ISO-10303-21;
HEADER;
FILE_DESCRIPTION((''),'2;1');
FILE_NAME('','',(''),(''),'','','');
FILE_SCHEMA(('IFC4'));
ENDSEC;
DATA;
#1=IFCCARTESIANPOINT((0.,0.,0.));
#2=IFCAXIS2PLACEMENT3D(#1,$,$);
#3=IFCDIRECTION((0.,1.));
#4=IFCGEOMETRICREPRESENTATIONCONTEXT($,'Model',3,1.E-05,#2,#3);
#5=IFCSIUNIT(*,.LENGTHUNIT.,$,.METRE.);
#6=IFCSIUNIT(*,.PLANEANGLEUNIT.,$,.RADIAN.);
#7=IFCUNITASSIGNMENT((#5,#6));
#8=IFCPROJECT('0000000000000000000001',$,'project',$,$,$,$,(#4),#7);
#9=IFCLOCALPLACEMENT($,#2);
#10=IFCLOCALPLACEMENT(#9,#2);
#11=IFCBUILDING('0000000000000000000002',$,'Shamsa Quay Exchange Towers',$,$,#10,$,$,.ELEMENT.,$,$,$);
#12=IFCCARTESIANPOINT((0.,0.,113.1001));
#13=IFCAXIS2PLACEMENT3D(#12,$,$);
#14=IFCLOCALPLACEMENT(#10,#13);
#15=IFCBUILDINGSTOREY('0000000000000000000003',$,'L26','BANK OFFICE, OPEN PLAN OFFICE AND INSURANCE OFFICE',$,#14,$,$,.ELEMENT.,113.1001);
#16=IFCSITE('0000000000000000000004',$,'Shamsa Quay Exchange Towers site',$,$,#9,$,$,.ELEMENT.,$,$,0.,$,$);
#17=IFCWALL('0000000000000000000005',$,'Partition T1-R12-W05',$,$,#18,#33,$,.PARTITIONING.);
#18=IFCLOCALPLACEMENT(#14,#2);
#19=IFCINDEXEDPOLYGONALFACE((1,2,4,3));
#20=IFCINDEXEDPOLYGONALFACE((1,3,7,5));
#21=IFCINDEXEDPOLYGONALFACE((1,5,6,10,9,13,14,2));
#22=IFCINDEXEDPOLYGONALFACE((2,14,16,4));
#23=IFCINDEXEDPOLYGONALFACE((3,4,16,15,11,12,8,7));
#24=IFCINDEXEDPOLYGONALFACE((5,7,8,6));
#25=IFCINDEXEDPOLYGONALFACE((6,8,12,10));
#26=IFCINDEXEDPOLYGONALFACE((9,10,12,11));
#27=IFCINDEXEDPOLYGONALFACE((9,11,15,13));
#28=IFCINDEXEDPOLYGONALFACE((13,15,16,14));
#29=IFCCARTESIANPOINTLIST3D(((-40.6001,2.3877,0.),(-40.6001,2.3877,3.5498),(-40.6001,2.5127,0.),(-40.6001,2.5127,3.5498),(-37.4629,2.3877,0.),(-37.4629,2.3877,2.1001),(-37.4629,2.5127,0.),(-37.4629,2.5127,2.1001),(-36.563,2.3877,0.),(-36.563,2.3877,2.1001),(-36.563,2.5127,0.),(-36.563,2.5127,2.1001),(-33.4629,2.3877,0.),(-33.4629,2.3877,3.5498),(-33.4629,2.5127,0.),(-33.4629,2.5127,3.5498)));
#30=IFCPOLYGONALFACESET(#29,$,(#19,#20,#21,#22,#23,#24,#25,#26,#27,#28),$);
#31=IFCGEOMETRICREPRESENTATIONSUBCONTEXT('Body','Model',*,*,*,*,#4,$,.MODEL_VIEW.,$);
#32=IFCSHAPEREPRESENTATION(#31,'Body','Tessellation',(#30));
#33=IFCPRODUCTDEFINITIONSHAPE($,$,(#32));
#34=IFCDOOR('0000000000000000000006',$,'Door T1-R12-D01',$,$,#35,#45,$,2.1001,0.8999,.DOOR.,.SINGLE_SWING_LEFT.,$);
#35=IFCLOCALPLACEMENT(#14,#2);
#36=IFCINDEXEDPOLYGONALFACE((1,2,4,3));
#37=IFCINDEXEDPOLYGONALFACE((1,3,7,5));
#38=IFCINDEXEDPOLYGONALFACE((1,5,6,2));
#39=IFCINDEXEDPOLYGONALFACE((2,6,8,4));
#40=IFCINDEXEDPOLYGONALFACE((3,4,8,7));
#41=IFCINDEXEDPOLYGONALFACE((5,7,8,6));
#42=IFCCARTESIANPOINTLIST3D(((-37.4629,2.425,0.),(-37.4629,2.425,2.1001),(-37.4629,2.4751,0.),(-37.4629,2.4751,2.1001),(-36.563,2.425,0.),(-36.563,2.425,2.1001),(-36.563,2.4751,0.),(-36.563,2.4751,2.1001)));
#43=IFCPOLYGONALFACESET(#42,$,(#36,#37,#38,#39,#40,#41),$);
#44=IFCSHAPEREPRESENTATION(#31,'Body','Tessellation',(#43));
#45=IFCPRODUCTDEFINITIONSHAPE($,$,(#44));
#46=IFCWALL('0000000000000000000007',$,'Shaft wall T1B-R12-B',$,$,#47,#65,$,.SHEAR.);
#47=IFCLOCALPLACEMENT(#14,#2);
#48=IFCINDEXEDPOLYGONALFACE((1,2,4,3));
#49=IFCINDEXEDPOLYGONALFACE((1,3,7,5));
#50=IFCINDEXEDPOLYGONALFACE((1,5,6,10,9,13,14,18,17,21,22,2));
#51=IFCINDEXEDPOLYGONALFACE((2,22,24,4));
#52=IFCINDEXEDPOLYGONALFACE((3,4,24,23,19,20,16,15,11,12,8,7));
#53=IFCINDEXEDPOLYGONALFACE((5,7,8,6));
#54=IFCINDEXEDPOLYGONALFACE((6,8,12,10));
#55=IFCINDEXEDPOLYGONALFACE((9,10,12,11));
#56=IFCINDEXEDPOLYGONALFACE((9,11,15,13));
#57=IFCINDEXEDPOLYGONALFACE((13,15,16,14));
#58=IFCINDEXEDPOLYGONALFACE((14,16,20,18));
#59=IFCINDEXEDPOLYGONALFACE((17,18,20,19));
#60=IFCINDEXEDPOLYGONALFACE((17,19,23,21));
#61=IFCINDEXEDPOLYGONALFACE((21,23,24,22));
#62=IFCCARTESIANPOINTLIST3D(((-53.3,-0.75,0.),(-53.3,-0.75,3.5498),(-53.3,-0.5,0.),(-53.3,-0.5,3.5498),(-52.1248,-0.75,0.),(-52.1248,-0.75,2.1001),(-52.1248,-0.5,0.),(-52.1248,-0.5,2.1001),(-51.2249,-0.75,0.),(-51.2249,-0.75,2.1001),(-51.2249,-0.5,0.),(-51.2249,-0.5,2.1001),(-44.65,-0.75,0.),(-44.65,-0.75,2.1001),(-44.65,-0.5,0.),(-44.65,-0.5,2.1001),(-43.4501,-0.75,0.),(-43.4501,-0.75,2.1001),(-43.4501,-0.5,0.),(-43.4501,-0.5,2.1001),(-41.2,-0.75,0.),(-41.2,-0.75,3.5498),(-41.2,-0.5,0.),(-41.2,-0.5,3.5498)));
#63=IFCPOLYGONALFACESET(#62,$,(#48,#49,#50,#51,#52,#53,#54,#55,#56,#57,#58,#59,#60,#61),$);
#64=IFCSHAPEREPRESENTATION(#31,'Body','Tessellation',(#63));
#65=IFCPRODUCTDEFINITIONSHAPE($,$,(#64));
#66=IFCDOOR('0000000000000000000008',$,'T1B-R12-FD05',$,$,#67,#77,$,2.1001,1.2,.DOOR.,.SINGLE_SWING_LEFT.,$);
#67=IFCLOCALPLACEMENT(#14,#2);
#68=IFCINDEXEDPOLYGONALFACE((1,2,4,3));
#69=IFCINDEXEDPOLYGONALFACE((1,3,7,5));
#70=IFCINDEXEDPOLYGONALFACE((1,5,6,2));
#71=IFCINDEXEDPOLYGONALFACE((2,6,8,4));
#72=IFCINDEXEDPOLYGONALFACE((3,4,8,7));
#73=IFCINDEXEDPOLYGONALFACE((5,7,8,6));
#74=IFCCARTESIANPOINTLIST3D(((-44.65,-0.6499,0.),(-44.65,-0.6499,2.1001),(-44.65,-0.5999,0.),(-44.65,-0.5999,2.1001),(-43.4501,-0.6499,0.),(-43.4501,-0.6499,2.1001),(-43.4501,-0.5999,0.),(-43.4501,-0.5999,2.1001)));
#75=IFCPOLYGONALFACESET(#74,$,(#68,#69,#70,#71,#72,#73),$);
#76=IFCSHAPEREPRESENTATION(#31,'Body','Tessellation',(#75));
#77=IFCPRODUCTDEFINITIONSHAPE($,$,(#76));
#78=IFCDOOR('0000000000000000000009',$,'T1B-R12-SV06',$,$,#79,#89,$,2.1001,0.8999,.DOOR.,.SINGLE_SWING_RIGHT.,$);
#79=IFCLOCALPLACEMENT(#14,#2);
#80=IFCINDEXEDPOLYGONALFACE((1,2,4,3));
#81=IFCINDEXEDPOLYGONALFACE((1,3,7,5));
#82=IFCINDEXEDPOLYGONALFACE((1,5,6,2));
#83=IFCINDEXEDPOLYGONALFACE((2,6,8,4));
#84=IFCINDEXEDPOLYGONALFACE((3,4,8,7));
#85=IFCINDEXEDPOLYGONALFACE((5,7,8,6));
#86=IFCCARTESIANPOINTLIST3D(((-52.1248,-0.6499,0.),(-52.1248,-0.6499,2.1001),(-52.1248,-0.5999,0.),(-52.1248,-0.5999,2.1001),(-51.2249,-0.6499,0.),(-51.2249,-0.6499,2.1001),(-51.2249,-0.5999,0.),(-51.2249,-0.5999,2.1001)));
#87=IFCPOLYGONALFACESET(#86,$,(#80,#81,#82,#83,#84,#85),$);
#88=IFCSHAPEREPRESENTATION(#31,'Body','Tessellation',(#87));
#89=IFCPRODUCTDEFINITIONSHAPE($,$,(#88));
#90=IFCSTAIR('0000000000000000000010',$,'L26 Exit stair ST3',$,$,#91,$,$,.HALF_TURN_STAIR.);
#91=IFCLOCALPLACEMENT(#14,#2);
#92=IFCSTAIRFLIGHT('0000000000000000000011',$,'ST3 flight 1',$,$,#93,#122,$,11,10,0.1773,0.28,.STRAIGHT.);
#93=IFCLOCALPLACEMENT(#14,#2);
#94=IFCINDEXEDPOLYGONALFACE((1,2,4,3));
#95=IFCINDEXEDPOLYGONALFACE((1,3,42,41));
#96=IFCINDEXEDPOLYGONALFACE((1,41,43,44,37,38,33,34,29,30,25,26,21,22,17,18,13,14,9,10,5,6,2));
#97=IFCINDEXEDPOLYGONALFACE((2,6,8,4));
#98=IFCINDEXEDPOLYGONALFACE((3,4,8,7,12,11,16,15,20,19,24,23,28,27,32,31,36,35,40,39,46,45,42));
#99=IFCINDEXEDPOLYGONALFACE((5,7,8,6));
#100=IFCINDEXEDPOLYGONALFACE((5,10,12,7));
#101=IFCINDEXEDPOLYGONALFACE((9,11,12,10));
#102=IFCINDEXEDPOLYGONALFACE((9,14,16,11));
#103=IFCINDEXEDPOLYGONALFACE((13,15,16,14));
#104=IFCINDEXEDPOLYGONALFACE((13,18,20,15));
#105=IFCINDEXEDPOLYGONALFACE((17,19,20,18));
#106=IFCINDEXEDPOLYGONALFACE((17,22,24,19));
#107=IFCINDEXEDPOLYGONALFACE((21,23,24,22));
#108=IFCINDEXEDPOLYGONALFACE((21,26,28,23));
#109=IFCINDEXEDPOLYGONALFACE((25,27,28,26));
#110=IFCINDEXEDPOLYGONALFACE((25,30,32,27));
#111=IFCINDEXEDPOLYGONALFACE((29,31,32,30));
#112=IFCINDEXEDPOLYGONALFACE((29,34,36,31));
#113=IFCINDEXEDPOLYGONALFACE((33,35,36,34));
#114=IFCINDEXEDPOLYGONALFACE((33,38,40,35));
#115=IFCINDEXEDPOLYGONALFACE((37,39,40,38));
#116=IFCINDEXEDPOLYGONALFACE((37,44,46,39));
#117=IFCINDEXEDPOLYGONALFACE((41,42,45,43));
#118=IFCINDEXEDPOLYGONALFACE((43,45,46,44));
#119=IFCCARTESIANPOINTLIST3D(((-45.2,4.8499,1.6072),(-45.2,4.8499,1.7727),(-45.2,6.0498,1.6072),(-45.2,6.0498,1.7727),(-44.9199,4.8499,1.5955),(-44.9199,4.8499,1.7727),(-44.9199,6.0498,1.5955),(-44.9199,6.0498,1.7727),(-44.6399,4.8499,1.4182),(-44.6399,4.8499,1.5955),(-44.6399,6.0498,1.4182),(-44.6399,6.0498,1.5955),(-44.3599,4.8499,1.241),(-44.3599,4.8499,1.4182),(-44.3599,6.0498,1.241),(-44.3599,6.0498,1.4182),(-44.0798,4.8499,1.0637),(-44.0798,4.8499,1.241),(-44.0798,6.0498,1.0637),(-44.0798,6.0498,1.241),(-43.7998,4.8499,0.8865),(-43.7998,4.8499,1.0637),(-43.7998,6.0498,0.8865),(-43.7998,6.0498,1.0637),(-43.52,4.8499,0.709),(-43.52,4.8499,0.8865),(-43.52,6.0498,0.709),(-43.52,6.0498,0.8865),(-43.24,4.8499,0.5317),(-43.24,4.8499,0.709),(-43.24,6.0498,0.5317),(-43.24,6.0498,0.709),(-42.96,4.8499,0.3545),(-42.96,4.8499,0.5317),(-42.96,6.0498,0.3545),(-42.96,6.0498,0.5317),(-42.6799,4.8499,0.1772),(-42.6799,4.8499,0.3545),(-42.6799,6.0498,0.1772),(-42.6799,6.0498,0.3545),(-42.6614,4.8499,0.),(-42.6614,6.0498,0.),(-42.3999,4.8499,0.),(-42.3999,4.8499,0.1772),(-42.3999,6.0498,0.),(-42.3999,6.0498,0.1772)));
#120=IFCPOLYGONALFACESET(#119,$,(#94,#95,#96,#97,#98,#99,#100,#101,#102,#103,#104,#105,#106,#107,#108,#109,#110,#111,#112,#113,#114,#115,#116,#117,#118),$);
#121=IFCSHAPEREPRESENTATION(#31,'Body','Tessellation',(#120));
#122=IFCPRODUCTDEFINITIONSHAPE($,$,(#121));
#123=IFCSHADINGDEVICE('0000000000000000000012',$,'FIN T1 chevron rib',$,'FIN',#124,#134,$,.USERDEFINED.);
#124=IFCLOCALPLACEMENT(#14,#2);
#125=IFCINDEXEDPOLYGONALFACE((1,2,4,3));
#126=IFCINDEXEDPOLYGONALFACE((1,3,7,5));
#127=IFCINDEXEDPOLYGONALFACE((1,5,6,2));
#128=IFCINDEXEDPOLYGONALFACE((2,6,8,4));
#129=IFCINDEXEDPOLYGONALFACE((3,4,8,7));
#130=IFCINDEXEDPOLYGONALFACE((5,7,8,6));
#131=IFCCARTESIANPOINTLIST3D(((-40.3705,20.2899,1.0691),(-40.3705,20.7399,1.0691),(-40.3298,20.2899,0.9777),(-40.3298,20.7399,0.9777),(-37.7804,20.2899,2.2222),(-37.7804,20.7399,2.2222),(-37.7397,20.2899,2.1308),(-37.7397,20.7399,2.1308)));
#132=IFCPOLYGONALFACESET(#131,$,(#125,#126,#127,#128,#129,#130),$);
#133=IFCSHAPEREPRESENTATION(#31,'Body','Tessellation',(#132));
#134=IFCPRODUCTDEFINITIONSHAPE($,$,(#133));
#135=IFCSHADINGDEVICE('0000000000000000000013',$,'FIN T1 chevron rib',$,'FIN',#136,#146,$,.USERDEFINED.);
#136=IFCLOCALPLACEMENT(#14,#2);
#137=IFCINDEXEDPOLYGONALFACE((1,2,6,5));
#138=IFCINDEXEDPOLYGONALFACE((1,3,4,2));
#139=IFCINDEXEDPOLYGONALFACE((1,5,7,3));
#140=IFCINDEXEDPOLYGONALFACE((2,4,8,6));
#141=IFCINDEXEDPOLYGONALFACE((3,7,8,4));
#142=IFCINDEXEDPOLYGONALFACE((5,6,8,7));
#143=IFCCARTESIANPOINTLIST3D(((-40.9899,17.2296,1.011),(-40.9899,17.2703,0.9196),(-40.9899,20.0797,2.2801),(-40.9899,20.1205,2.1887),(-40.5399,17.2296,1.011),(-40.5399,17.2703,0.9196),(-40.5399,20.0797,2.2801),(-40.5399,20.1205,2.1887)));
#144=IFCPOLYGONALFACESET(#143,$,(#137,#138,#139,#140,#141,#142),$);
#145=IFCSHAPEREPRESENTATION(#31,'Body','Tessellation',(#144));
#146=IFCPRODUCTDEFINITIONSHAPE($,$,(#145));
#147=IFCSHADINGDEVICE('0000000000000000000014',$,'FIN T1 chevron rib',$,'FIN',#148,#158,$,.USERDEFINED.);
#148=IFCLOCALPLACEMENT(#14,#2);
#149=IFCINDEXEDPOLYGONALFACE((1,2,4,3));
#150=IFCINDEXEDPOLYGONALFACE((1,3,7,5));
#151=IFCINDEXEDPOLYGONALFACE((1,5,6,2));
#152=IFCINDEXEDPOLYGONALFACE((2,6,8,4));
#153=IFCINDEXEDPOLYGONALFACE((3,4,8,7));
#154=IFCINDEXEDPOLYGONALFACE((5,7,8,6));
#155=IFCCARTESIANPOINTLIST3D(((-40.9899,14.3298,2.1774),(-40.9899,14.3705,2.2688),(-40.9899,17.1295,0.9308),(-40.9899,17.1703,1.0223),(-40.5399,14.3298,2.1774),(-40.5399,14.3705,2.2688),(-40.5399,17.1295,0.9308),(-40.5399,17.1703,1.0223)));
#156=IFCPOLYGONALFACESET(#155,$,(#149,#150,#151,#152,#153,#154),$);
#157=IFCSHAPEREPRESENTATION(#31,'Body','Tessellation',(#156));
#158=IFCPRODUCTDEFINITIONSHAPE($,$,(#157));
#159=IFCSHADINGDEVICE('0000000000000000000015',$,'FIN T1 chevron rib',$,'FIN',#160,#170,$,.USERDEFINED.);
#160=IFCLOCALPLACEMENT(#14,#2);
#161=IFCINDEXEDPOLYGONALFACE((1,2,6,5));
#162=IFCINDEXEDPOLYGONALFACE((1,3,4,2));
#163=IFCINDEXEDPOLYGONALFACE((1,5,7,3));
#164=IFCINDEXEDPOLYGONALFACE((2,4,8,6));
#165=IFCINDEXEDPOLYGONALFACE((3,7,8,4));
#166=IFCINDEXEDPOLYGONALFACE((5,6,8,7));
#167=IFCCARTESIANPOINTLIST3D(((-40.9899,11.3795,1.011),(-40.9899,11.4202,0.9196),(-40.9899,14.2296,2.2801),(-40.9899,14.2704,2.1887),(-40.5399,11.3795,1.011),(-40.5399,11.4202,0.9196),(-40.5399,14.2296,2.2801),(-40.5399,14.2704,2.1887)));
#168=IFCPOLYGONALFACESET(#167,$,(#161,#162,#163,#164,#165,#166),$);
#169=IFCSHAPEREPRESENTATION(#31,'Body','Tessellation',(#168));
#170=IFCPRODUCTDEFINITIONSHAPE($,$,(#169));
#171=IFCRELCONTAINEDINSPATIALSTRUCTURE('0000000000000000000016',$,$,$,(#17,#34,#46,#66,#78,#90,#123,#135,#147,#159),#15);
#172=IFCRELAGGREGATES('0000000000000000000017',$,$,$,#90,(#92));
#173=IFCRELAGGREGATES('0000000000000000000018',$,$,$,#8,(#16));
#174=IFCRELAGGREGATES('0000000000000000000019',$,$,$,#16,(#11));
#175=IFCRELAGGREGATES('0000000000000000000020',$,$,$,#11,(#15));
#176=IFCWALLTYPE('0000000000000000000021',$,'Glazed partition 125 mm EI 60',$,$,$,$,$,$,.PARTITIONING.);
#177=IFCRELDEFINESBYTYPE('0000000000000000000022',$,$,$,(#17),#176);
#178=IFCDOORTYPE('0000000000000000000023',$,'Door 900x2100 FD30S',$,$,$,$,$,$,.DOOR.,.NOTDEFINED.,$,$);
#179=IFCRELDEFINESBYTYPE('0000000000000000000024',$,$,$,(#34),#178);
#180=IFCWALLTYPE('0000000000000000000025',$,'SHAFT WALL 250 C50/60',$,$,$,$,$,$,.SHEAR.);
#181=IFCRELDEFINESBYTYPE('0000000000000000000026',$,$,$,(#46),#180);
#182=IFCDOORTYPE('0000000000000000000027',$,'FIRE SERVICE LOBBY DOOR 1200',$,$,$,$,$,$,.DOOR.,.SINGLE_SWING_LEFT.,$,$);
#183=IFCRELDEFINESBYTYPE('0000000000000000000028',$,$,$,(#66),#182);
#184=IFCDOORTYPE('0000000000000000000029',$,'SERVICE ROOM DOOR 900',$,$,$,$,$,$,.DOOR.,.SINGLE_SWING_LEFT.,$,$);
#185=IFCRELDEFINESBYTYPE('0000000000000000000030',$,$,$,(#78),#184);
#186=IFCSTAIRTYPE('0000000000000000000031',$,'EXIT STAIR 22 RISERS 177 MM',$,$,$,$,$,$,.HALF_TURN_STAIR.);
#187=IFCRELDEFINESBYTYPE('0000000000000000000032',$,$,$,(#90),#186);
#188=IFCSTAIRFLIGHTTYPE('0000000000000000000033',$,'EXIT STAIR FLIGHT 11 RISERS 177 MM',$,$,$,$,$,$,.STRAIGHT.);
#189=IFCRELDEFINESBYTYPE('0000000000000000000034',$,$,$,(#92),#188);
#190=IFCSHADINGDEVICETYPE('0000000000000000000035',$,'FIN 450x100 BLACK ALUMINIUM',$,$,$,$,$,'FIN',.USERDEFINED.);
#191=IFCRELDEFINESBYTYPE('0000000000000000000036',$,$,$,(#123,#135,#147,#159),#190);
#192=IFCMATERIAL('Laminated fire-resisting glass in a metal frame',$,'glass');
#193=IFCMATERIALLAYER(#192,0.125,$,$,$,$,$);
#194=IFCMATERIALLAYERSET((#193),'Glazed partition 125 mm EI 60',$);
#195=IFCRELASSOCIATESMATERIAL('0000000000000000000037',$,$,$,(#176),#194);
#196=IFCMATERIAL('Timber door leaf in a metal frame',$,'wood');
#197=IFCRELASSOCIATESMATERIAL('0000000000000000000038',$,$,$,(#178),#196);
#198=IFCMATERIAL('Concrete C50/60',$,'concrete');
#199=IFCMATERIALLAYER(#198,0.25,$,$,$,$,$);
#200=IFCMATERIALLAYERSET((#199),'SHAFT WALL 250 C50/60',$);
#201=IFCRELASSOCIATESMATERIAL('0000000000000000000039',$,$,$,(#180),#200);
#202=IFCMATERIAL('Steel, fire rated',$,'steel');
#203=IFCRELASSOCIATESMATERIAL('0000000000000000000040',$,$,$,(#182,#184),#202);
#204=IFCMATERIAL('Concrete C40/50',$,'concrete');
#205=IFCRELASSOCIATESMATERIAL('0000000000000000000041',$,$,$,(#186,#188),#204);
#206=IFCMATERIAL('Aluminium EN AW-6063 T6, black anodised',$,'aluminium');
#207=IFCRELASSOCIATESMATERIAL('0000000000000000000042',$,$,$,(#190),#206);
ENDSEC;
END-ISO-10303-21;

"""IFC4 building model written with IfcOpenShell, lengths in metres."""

from ifc_helpers import new_model, si_unit, direction, frame, frame_2d, origin, origin_2d, place, context, subcontext, project, spatial, polyline, rectangle, outline, extrude, material, layer, layer_set, material_profile, profile_set, type_object, element, fill, aggregate, save


model = new_model("IFC4")

# Units and contexts
model_context = context("Model", 3, precision=1e-05, world=origin(), true_north=direction((0.0, 1.0)))
body_context = subcontext(model_context, "Body", "Model", "MODEL_VIEW")
ifc_project = project(units=[si_unit("LENGTHUNIT", "METRE"), si_unit("PLANEANGLEUNIT", "RADIAN")], contexts=[model_context])

# Site, building, storey
site_placement = place(None, origin())
site = spatial("IfcSite", under=ifc_project, at=site_placement, Name="Shamsa Quay Exchange Towers site", CompositionType="ELEMENT", RefElevation=0.0)
building_placement = place(site_placement, origin())
building = spatial("IfcBuilding", under=site, at=building_placement, Name="Shamsa Quay Exchange Towers", CompositionType="ELEMENT")
storey_placement = place(building_placement, frame((0.0, 0.0, 113.1001)))
storey = spatial("IfcBuildingStorey", under=building, at=storey_placement, Name="L26", Description="BANK OFFICE, OPEN PLAN OFFICE AND INSURANCE OFFICE", CompositionType="ELEMENT", Elevation=113.1001)

# Shared definitions
ifc_material_1 = material(Name="Aluminium EN AW-6063 T6, black anodised", Category="aluminium")

# Wall, opening, door
ifc_material_2 = material(Name="Laminated fire-resisting glass in a metal frame", Category="glass")
ifc_layer_1 = layer(ifc_material_2, 0.125)
ifc_layer_set_1 = layer_set([ifc_layer_1], Name="Glazed partition 125 mm EI 60")
wall_type_1 = type_object("IfcWallType", Name="Glazed partition 125 mm EI 60", PredefinedType="PARTITIONING", material=ifc_layer_set_1)
wall_1_placement = place(storey_placement, frame((-40.6001, 2.4502, 0.0)))
wall_1 = element("IfcWall", 1, at=wall_1_placement, inside=storey, type_object=wall_type_1, Name="Partition T1-R12-W05", PredefinedType="PARTITIONING", context=body_context, shape_type="SweptSolid", body=[
    extrude(rectangle(XDim=7.1372, YDim=0.125, at=frame_2d((3.5686, 0.0))), origin(), (0.0, 0.0, 1.0), 3.5498),
])
opening_1_placement = place(wall_1_placement, frame((3.1372, 0.0, 0.0)))
opening_1 = element("IfcOpeningElement", 2, at=opening_1_placement, cuts=wall_1, PredefinedType="OPENING", context=body_context, shape_type="SweptSolid", body=[
    extrude(rectangle(XDim=0.8999, YDim=2.1001, at=frame_2d((0.45, 1.05))), frame((0.0, 0.0725, 0.0), z_axis=(0.0, -1.0, 0.0), x_axis=(1.0, 0.0, 0.0)), (0.0, 0.0, 1.0), 0.145),
])
ifc_material_3 = material(Name="Timber door leaf in a metal frame", Category="wood")
door_type_1 = type_object("IfcDoorType", Name="Door 900x2100 FD30S", OperationType="NOTDEFINED", PredefinedType="DOOR", material=ifc_material_3)
door_1_placement = place(opening_1_placement, origin())
door_1 = element("IfcDoor", 3, at=door_1_placement, inside=storey, type_object=door_type_1, Name="Door T1-R12-D01", OperationType="SINGLE_SWING_LEFT", OverallHeight=2.1001, OverallWidth=0.8999, PredefinedType="DOOR", context=body_context, shape_type="SweptSolid", body=[
    extrude(rectangle(XDim=0.8999, YDim=2.1001, at=frame_2d((0.45, 1.05))), frame((0.0, 0.0249, 0.0), z_axis=(0.0, -1.0, 0.0), x_axis=(1.0, 0.0, 0.0)), (0.0, 0.0, 1.0), 0.05),
])
fill(opening_1, door_1)

# Wall, openings, doors
ifc_material_4 = material(Name="Concrete C50/60", Category="concrete")
ifc_layer_2 = layer(ifc_material_4, 0.25)
ifc_layer_set_2 = layer_set([ifc_layer_2], Name="SHAFT WALL 250 C50/60")
wall_type_2 = type_object("IfcWallType", Name="SHAFT WALL 250 C50/60", PredefinedType="SHEAR", material=ifc_layer_set_2)
wall_2_placement = place(storey_placement, frame((-41.2, -0.625, 0.0), z_axis=(0.0, 0.0, 1.0), x_axis=(-1.0, 0.0, 0.0)))
wall_2 = element("IfcWall", 4, at=wall_2_placement, inside=storey, type_object=wall_type_2, Name="Shaft wall T1B-R12-B", PredefinedType="SHEAR", context=body_context, shape_type="SweptSolid", body=[
    extrude(rectangle(XDim=12.1001, YDim=0.25, at=frame_2d((6.05, 0.0))), origin(), (0.0, 0.0, 1.0), 3.5498),
])
opening_2_placement = place(wall_2_placement, frame((2.25, 0.0, 0.0)))
opening_2 = element("IfcOpeningElement", 5, at=opening_2_placement, cuts=wall_2, PredefinedType="OPENING", context=body_context, shape_type="SweptSolid", body=[
    extrude(rectangle(XDim=1.2, YDim=2.1001, at=frame_2d((0.6001, 1.05))), frame((0.0, 0.135, 0.0), z_axis=(0.0, -1.0, 0.0), x_axis=(1.0, 0.0, 0.0)), (0.0, 0.0, 1.0), 0.27),
])
opening_3_placement = place(wall_2_placement, frame((10.0249, 0.0, 0.0)))
opening_3 = element("IfcOpeningElement", 6, at=opening_3_placement, cuts=wall_2, PredefinedType="OPENING", context=body_context, shape_type="SweptSolid", body=[
    extrude(rectangle(XDim=0.8999, YDim=2.1001, at=frame_2d((0.45, 1.05))), frame((0.0, 0.135, 0.0), z_axis=(0.0, -1.0, 0.0), x_axis=(1.0, 0.0, 0.0)), (0.0, 0.0, 1.0), 0.27),
])
ifc_material_5 = material(Name="Steel, fire rated", Category="steel")
door_type_2 = type_object("IfcDoorType", Name="FIRE SERVICE LOBBY DOOR 1200", OperationType="SINGLE_SWING_LEFT", PredefinedType="DOOR", material=ifc_material_5)
door_2_placement = place(opening_2_placement, origin())
door_2 = element("IfcDoor", 7, at=door_2_placement, inside=storey, type_object=door_type_2, Name="T1B-R12-FD05", OperationType="SINGLE_SWING_LEFT", OverallHeight=2.1001, OverallWidth=1.2, PredefinedType="DOOR", context=body_context, shape_type="SweptSolid", body=[
    extrude(rectangle(XDim=1.2, YDim=2.1001, at=frame_2d((0.6001, 1.05))), frame((0.0, 0.0249, 0.0), z_axis=(0.0, -1.0, 0.0), x_axis=(1.0, 0.0, 0.0)), (0.0, 0.0, 1.0), 0.05),
])
fill(opening_2, door_2)
door_type_3 = type_object("IfcDoorType", Name="SERVICE ROOM DOOR 900", OperationType="SINGLE_SWING_LEFT", PredefinedType="DOOR", material=ifc_material_5)
door_3_placement = place(opening_3_placement, origin())
door_3 = element("IfcDoor", 8, at=door_3_placement, inside=storey, type_object=door_type_3, Name="T1B-R12-SV06", OperationType="SINGLE_SWING_RIGHT", OverallHeight=2.1001, OverallWidth=0.8999, PredefinedType="DOOR", context=body_context, shape_type="SweptSolid", body=[
    extrude(rectangle(XDim=0.8999, YDim=2.1001, at=frame_2d((0.45, 1.05))), frame((0.0, 0.0249, 0.0), z_axis=(0.0, -1.0, 0.0), x_axis=(1.0, 0.0, 0.0)), (0.0, 0.0, 1.0), 0.05),
])
fill(opening_3, door_3)

# Stair, stair flight
ifc_material_6 = material(Name="Concrete C40/50", Category="concrete")
stair_type = type_object("IfcStairType", Name="EXIT STAIR 22 RISERS 177 MM", PredefinedType="HALF_TURN_STAIR", material=ifc_material_6)
stair_placement = place(storey_placement, origin())
stair = element("IfcStair", 9, at=stair_placement, inside=storey, type_object=stair_type, Name="L26 Exit stair ST3", PredefinedType="HALF_TURN_STAIR")
stair_flight_type = type_object("IfcStairFlightType", Name="EXIT STAIR FLIGHT 11 RISERS 177 MM", PredefinedType="STRAIGHT", material=ifc_material_6)
stair_flight_placement = place(storey_placement, frame((-42.3999, 5.45, 0.0), z_axis=(0.0, 0.0, 1.0), x_axis=(-1.0, 0.0, 0.0)))
stair_flight = element("IfcStairFlight", 10, at=stair_flight_placement, type_object=stair_flight_type, Name="ST3 flight 1", NumberOfRisers=11, NumberOfTreads=10, PredefinedType="STRAIGHT", RiserHeight=0.1773, TreadLength=0.28, context=body_context, shape_type="SweptSolid", body=[
    extrude(outline(polyline([(0.0, 0.0), (0.0, 0.1772), (0.28, 0.1772), (0.28, 0.3545), (0.5601, 0.3545), (0.5601, 0.5317), (0.8401, 0.5317), (0.8401, 0.709), (1.1201, 0.709), (1.1201, 0.8865), (1.3999, 0.8865), (1.3999, 1.0637), (1.6799, 1.0637), (1.6799, 1.241), (1.96, 1.241), (1.96, 1.4182), (2.24, 1.4182), (2.24, 1.5955), (2.52, 1.5955), (2.52, 1.7727), (2.8, 1.7727), (2.8, 1.95), (2.8, 1.6072), (0.2615, 0.0), (0.0, 0.0)])), frame((0.0, 0.6001, 0.0), z_axis=(0.0, -1.0, 0.0), x_axis=(1.0, 0.0, 0.0)), (0.0, 0.0, 1.0), 1.2),
])
aggregate(stair, [stair_flight])

# Shading devices
ifc_material_profile_1 = material_profile(ifc_material_1, rectangle(XDim=0.45, YDim=0.1001, at=origin_2d()), Name="FIN450x100")
ifc_profile_set_1 = profile_set([ifc_material_profile_1], Name="Aluminium EN AW-6063 T6, black anodised")
shading_device_type = type_object("IfcShadingDeviceType", Name="FIN 450x100 BLACK ALUMINIUM", ElementType="FIN", PredefinedType="USERDEFINED", material=ifc_profile_set_1)
shading_device_1_placement = place(storey_placement, frame((-37.76, 20.5149, 2.1765), z_axis=(-0.913559, 0.0, -0.406706), x_axis=(0.0, -1.0, 0.0)))
element("IfcShadingDevice", 11, at=shading_device_1_placement, inside=storey, type_object=shading_device_type, Name="FIN T1 chevron rib", ObjectType="FIN", PredefinedType="USERDEFINED", context=body_context, shape_type="SweptSolid", body=[
    extrude(rectangle(XDim=0.45, YDim=0.1001, at=origin_2d()), origin(), (0.0, 0.0, 1.0), 2.8352),
])
shading_device_2_placement = place(storey_placement, frame((-40.7649, 20.1001, 2.2344), z_axis=(0.0, -0.913534, -0.406763), x_axis=(1.0, 0.0, 0.0)))
element("IfcShadingDevice", 12, at=shading_device_2_placement, inside=storey, type_object=shading_device_type, Name="FIN T1 chevron rib", ObjectType="FIN", PredefinedType="USERDEFINED", context=body_context, shape_type="SweptSolid", body=[
    extrude(rectangle(XDim=0.45, YDim=0.1001, at=origin_2d()), origin(), (0.0, 0.0, 1.0), 3.1199),
])
shading_device_3_placement = place(storey_placement, frame((-40.7649, 17.1499, 0.9766), z_axis=(0.0, -0.913542, 0.406744), x_axis=(1.0, 0.0, 0.0)))
element("IfcShadingDevice", 13, at=shading_device_3_placement, inside=storey, type_object=shading_device_type, Name="FIN T1 chevron rib", ObjectType="FIN", PredefinedType="USERDEFINED", context=body_context, shape_type="SweptSolid", body=[
    extrude(rectangle(XDim=0.45, YDim=0.1001, at=origin_2d()), origin(), (0.0, 0.0, 1.0), 3.0647),
])
shading_device_4_placement = place(storey_placement, frame((-40.7649, 14.25, 2.2344), z_axis=(0.0, -0.913534, -0.406763), x_axis=(1.0, 0.0, 0.0)))
element("IfcShadingDevice", 14, at=shading_device_4_placement, inside=storey, type_object=shading_device_type, Name="FIN T1 chevron rib", ObjectType="FIN", PredefinedType="USERDEFINED", context=body_context, shape_type="SweptSolid", body=[
    extrude(rectangle(XDim=0.45, YDim=0.1001, at=origin_2d()), origin(), (0.0, 0.0, 1.0), 3.1199),
])

save(model, "model.ifc")
